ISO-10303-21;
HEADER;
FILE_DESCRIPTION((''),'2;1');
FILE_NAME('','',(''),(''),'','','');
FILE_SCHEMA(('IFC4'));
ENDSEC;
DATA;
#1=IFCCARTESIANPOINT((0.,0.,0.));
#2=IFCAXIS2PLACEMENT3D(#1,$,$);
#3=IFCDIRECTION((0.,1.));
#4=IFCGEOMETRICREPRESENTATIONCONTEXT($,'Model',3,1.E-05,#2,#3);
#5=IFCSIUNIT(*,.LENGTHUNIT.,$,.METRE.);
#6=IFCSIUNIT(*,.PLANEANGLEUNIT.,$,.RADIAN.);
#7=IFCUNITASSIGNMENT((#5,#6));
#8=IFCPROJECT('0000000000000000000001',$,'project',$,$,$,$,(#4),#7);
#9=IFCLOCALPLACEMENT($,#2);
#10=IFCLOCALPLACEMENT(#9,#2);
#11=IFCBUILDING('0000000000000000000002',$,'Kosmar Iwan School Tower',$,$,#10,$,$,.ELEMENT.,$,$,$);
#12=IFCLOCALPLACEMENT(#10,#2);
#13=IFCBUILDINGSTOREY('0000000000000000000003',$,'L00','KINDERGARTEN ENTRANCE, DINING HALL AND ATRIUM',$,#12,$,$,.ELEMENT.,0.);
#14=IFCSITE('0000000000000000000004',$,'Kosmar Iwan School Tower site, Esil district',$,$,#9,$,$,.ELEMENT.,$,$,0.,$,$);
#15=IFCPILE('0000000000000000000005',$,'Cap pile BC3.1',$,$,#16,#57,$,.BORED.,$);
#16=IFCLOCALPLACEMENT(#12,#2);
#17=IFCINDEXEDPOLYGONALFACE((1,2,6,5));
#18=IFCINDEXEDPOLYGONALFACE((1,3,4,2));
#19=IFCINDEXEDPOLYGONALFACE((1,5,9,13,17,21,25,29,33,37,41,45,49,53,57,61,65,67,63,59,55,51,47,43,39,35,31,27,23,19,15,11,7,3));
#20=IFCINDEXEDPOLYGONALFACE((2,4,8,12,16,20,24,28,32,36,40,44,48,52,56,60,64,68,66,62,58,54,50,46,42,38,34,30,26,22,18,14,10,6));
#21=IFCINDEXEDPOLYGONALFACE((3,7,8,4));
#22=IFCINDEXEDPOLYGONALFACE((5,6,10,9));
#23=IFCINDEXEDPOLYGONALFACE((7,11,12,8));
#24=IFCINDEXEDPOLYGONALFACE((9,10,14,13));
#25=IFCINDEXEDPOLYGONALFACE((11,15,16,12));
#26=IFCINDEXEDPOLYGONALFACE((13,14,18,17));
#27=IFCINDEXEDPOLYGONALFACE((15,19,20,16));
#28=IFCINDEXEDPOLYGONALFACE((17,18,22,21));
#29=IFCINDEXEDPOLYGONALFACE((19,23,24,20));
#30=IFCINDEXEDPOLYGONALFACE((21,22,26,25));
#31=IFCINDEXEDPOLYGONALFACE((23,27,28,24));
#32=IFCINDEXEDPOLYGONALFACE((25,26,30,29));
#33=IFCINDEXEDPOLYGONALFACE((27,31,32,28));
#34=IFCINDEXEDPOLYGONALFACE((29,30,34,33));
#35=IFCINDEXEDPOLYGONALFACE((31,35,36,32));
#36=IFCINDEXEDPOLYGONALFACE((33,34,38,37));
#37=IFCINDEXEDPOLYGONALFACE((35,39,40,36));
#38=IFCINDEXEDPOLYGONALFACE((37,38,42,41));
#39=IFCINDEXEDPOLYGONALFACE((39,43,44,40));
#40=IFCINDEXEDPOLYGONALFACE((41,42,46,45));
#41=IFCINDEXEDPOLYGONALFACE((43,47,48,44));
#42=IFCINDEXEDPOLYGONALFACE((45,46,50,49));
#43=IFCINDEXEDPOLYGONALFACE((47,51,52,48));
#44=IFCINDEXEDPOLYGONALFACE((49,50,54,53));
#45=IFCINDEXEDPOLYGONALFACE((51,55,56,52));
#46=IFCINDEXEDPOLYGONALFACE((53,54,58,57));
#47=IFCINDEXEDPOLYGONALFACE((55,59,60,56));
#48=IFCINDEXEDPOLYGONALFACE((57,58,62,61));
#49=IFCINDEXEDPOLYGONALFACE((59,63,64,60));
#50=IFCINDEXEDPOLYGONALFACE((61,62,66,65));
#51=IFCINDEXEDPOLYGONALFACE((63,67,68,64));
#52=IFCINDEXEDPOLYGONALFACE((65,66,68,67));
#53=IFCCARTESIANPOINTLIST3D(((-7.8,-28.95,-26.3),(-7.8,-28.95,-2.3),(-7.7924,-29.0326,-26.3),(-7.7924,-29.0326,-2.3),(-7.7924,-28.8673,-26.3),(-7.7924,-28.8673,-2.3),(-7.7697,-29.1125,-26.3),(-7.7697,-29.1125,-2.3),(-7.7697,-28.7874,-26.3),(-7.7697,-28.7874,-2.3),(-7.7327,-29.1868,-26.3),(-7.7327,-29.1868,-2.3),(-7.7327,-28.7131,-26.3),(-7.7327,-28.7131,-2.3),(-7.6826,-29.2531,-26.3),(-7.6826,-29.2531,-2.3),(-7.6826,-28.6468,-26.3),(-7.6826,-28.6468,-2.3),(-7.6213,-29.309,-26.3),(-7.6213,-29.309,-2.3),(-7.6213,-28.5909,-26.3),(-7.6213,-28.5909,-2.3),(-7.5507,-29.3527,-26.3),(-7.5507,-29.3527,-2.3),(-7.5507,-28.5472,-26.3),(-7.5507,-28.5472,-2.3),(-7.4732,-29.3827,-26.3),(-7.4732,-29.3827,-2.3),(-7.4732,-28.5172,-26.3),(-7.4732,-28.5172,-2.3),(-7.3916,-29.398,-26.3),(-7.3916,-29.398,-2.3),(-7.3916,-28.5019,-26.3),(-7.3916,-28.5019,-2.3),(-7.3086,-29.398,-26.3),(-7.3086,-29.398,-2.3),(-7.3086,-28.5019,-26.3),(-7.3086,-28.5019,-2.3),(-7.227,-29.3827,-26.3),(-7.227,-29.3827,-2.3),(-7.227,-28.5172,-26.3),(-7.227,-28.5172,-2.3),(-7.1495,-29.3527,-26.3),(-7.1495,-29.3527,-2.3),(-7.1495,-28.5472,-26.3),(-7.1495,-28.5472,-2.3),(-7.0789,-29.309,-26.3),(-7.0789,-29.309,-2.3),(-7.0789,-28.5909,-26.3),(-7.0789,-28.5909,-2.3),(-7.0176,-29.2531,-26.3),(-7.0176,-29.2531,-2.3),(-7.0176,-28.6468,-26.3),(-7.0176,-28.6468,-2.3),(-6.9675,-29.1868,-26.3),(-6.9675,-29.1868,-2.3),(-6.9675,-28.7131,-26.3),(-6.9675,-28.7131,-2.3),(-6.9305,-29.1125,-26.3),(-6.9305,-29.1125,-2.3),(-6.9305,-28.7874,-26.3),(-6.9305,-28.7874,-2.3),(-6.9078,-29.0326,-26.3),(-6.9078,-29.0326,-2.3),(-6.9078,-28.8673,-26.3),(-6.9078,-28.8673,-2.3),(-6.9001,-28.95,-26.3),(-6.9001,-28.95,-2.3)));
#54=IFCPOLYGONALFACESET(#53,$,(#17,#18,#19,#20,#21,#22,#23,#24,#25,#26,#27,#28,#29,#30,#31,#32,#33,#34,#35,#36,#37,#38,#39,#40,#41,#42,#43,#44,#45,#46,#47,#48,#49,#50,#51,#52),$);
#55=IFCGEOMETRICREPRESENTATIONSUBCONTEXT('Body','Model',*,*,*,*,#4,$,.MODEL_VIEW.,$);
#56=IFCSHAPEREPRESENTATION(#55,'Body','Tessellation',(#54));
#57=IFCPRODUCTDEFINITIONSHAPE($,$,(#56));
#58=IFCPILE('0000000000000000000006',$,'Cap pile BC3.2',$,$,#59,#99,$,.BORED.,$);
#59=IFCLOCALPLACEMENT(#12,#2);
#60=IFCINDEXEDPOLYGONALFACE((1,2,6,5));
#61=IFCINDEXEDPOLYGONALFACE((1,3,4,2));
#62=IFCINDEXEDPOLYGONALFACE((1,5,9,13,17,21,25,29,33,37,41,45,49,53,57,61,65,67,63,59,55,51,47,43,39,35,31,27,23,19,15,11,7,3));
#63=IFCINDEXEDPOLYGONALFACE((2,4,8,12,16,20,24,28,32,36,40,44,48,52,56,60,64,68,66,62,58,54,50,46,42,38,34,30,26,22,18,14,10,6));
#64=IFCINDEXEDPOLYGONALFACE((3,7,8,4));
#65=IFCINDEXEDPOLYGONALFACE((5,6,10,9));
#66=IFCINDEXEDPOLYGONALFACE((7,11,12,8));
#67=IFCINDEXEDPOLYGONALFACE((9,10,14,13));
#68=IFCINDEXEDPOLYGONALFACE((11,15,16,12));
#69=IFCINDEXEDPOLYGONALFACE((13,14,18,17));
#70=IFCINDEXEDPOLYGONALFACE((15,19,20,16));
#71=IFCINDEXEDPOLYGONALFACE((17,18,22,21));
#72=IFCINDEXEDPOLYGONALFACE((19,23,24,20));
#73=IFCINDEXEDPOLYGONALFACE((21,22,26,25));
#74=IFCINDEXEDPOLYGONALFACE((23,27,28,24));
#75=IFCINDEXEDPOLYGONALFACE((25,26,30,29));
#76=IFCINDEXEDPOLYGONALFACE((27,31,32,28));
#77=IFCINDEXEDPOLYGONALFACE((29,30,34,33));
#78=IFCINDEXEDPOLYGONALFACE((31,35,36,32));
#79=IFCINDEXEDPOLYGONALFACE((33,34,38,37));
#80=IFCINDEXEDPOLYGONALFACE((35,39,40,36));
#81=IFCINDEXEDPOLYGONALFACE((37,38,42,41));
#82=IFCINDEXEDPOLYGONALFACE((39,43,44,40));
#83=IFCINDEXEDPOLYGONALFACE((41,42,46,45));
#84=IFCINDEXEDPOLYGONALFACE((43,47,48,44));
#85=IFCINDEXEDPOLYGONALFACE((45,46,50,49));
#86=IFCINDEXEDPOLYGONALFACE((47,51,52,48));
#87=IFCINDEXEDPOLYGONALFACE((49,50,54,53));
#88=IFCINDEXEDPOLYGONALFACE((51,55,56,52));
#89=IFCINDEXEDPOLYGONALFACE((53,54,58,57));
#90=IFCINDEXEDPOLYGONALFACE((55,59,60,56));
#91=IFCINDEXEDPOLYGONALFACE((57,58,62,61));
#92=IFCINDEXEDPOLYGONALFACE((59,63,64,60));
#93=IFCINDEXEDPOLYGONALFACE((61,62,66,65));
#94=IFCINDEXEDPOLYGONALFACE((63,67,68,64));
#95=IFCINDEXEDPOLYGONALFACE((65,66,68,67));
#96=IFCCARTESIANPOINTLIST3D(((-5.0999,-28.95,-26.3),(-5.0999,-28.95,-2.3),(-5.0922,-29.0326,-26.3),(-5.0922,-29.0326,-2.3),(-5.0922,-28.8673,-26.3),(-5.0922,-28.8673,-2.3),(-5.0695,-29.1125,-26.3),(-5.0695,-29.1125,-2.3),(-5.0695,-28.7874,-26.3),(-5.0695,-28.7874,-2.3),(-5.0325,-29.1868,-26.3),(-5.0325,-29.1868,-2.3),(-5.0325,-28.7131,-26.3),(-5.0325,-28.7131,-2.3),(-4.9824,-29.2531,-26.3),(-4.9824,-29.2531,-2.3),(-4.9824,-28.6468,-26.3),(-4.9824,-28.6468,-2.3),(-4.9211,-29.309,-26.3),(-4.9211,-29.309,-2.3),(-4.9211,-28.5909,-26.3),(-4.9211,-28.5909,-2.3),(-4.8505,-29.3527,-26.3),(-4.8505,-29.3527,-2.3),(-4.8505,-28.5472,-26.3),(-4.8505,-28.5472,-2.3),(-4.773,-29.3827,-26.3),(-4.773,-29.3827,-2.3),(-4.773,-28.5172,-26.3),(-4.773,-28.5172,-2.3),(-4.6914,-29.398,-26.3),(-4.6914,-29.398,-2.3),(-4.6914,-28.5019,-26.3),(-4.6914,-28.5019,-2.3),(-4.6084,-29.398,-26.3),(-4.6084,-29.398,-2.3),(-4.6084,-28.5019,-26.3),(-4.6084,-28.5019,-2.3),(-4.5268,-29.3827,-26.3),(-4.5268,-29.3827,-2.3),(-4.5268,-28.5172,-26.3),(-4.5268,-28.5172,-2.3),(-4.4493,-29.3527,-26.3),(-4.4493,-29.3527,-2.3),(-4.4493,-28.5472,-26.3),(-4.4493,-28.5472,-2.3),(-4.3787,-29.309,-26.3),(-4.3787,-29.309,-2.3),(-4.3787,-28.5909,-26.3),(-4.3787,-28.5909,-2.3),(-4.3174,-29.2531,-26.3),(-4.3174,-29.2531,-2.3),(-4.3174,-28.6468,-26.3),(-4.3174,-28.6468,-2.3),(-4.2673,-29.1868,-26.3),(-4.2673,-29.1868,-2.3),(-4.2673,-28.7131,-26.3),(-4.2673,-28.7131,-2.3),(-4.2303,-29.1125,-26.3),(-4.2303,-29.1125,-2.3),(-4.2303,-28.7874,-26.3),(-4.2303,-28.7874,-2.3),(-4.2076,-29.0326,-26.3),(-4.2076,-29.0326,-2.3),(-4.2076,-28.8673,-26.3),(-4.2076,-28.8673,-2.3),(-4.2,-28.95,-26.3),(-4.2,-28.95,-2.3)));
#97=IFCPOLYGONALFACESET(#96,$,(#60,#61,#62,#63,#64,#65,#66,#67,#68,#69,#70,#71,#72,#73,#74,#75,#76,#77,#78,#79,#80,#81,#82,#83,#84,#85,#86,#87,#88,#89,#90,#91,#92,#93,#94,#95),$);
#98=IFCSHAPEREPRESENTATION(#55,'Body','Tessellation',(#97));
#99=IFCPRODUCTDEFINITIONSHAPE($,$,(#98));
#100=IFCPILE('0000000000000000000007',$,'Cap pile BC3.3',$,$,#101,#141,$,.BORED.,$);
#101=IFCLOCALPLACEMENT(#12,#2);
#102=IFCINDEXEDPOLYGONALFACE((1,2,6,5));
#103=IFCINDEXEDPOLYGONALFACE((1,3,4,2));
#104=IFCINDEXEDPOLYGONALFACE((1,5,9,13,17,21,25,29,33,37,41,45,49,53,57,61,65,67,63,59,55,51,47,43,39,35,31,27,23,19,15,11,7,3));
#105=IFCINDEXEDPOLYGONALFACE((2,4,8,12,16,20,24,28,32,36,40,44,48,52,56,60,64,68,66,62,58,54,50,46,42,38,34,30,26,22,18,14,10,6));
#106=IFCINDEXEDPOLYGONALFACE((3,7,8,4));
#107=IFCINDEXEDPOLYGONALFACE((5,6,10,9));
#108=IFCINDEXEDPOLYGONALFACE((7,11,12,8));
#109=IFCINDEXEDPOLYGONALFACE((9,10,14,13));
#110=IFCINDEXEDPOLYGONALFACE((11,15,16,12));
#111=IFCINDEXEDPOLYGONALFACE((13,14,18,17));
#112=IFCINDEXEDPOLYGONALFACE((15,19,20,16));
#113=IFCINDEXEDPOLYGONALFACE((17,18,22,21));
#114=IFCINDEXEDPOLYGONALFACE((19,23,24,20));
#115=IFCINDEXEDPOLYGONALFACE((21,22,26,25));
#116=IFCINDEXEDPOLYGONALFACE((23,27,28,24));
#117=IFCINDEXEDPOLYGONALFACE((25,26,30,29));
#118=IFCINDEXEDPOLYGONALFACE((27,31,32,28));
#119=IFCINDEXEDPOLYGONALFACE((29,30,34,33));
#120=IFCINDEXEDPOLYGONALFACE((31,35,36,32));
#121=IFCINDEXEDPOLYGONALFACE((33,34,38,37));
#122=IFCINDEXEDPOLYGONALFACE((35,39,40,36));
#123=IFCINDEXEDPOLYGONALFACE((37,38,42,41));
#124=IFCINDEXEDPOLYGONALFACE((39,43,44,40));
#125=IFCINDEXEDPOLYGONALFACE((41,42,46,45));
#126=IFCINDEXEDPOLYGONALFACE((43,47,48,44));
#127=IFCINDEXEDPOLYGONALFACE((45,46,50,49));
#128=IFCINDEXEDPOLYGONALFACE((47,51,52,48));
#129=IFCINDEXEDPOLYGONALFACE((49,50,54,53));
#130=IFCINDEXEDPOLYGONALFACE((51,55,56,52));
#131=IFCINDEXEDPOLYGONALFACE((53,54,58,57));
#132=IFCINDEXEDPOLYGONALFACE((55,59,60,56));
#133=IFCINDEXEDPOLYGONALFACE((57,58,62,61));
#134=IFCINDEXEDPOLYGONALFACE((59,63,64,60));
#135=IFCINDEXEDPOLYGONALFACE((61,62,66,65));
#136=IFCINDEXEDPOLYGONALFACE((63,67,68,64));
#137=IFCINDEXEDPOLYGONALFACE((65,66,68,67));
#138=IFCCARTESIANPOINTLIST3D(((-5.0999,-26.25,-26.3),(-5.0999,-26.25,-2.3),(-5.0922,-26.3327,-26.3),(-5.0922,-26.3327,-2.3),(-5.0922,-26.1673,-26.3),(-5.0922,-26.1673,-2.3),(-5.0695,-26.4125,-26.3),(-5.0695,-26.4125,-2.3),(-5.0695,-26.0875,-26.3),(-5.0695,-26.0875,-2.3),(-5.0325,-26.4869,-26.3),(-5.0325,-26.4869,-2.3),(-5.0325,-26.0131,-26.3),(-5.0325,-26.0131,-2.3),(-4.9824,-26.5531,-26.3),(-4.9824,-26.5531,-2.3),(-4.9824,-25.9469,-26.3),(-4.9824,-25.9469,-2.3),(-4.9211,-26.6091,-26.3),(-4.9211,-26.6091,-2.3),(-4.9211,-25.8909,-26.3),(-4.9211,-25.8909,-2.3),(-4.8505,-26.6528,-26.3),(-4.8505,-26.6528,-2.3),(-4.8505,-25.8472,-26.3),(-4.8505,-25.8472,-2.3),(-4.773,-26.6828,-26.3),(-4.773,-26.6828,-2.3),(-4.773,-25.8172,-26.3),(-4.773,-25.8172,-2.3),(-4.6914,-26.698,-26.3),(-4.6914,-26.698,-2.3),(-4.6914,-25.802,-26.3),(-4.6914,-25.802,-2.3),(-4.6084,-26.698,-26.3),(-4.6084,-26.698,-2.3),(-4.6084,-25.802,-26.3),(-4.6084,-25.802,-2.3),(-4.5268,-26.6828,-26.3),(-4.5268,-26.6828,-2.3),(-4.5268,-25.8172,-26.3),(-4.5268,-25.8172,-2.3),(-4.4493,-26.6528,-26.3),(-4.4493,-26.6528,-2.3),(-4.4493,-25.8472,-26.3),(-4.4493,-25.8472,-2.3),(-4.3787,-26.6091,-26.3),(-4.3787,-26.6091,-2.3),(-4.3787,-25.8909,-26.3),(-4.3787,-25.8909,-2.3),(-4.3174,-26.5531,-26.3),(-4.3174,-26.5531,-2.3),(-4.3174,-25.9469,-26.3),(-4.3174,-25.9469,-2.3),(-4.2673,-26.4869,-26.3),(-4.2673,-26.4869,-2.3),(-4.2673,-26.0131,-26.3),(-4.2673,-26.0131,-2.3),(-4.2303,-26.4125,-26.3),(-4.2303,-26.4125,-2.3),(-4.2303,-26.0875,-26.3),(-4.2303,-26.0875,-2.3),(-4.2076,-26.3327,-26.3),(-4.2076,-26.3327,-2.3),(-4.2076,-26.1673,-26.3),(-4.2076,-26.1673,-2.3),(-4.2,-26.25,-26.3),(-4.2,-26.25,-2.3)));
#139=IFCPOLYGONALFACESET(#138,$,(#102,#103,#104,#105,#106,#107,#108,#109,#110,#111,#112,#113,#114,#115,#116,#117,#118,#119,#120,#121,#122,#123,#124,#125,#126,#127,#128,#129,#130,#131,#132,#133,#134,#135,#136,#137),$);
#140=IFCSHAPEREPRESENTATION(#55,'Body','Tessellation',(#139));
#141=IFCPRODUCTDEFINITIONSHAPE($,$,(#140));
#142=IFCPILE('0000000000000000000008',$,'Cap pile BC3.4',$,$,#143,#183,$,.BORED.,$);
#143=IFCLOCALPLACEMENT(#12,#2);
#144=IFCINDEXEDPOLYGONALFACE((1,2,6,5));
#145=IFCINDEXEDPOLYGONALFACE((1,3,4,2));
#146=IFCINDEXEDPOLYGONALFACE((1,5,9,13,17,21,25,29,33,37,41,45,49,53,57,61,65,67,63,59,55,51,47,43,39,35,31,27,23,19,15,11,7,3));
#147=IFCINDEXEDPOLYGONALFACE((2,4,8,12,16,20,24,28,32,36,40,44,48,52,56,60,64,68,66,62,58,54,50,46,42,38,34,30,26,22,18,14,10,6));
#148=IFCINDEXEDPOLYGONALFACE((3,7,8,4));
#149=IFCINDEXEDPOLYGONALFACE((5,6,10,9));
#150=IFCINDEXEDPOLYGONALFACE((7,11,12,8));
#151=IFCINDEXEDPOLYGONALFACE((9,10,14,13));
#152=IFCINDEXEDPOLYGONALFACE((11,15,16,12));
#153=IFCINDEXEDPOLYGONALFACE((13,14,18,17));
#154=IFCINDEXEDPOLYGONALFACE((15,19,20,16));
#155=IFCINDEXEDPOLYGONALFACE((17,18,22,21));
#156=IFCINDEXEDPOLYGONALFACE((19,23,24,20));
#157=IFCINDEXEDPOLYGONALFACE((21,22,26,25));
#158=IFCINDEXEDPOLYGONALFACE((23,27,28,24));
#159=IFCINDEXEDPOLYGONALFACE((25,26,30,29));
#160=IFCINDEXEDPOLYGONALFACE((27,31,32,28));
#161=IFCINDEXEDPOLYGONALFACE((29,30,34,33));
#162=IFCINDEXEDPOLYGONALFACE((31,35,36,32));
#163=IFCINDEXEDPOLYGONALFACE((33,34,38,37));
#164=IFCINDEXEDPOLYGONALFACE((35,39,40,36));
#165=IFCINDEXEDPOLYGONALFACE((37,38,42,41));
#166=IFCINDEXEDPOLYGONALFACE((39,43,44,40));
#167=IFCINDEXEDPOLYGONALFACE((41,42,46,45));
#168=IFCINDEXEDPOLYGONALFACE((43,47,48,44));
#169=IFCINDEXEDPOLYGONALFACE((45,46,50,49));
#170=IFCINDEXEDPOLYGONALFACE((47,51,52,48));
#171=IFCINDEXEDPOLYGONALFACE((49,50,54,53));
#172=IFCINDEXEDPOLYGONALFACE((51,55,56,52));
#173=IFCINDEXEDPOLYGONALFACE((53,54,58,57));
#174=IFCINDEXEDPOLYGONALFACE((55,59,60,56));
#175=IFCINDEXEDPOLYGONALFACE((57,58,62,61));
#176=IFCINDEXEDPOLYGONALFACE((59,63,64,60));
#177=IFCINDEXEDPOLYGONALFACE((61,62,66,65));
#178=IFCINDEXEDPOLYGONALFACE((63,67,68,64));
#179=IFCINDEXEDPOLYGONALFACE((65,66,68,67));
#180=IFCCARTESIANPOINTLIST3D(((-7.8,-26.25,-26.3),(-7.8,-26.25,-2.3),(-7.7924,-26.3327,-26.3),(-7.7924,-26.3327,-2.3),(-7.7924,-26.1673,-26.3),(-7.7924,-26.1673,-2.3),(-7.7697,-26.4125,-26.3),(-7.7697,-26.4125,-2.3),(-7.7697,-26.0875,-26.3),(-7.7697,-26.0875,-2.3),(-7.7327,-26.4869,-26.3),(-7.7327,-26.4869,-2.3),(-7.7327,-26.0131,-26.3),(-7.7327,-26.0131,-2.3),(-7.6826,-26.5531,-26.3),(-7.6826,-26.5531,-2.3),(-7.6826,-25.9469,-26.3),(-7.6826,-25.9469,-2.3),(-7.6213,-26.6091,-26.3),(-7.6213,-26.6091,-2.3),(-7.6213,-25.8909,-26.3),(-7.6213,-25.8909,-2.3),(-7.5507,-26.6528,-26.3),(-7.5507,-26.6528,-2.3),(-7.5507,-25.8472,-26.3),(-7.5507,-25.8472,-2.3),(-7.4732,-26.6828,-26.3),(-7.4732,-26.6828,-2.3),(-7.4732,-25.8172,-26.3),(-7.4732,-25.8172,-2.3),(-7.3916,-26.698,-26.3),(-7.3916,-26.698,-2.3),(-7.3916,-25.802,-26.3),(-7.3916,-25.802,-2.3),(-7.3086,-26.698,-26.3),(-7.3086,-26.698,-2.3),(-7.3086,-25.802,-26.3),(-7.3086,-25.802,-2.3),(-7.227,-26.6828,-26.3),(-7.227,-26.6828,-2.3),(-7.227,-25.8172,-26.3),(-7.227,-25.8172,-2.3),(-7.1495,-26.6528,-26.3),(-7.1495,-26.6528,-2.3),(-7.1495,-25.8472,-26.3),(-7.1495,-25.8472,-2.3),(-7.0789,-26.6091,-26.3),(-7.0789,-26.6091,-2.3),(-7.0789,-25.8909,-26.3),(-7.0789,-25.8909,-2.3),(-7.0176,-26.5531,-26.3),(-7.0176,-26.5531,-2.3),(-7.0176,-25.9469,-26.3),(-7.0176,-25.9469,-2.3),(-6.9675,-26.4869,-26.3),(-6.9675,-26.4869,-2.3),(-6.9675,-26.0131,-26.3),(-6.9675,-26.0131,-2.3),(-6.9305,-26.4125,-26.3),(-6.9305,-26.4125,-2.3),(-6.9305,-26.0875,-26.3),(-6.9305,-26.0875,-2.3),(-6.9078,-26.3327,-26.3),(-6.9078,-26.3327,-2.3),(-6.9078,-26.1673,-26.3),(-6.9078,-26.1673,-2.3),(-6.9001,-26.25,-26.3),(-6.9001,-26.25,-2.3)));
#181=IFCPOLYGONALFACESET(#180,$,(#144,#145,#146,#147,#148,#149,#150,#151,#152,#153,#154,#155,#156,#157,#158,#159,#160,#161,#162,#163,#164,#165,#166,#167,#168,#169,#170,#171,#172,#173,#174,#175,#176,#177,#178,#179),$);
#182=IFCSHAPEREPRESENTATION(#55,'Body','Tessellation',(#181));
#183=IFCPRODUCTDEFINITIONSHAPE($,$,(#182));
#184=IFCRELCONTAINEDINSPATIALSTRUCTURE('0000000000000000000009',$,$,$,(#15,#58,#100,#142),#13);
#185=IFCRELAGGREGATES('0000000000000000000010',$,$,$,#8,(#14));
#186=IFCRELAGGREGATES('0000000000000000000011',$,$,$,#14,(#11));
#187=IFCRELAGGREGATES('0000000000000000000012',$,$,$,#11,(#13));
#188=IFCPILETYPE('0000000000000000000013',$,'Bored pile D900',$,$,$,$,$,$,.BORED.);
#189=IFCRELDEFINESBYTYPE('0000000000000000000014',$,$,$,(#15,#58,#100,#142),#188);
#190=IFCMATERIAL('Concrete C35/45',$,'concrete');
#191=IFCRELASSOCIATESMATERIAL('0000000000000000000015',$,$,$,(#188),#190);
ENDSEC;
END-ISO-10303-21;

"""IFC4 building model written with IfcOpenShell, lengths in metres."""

from ifc_helpers import new_model, si_unit, direction, frame, origin, origin_2d, place, context, subcontext, project, spatial, circle, extrude, material, material_profile, profile_set, type_object, element, save


model = new_model("IFC4")

# Units and contexts
model_context = context("Model", 3, precision=1e-05, world=origin(), true_north=direction((0.0, 1.0)))
body_context = subcontext(model_context, "Body", "Model", "MODEL_VIEW")
ifc_project = project(units=[si_unit("LENGTHUNIT", "METRE"), si_unit("PLANEANGLEUNIT", "RADIAN")], contexts=[model_context])

# Site, building, storey
site_placement = place(None, origin())
site = spatial("IfcSite", under=ifc_project, at=site_placement, Name="Kosmar Iwan School Tower site, Esil district", CompositionType="ELEMENT", RefElevation=0.0)
building_placement = place(site_placement, origin())
building = spatial("IfcBuilding", under=site, at=building_placement, Name="Kosmar Iwan School Tower", CompositionType="ELEMENT")
storey_placement = place(building_placement, origin())
storey = spatial("IfcBuildingStorey", under=building, at=storey_placement, Name="L00", Description="KINDERGARTEN ENTRANCE, DINING HALL AND ATRIUM", CompositionType="ELEMENT", Elevation=0.0)

# Piles
ifc_material_1 = material(Name="Concrete C35/45", Category="concrete")
ifc_material_profile_1 = material_profile(ifc_material_1, circle(Radius=0.45, at=origin_2d()), Name="D900")
ifc_profile_set_1 = profile_set([ifc_material_profile_1], Name="Concrete C35/45")
pile_type = type_object("IfcPileType", Name="Bored pile D900", PredefinedType="BORED", material=ifc_profile_set_1)
for number, where, z_axis, x_axis, name in (
    (1, (-7.3501, -28.95, -2.3), (0.0, 0.0, -1.0), (1.0, 0.0, 0.0), "Cap pile BC3.1"),
    (2, (-4.6499, -28.95, -2.3), (0.0, 0.0, -1.0), (1.0, 0.0, 0.0), "Cap pile BC3.2"),
    (3, (-4.6499, -26.25, -2.3), (0.0, 0.0, -1.0), (1.0, 0.0, 0.0), "Cap pile BC3.3"),
    (4, (-7.3501, -26.25, -2.3), (0.0, 0.0, -1.0), (1.0, 0.0, 0.0), "Cap pile BC3.4"),
):
    element("IfcPile", number, at=place(storey_placement, frame(where, z_axis=z_axis, x_axis=x_axis)), inside=storey, type_object=pile_type, Name=name, PredefinedType="BORED", context=body_context, shape_type="SweptSolid", body=[
        extrude(circle(Radius=0.45, at=origin_2d()), origin(), (0.0, 0.0, 1.0), 24.0),
    ])

save(model, "model.ifc")
